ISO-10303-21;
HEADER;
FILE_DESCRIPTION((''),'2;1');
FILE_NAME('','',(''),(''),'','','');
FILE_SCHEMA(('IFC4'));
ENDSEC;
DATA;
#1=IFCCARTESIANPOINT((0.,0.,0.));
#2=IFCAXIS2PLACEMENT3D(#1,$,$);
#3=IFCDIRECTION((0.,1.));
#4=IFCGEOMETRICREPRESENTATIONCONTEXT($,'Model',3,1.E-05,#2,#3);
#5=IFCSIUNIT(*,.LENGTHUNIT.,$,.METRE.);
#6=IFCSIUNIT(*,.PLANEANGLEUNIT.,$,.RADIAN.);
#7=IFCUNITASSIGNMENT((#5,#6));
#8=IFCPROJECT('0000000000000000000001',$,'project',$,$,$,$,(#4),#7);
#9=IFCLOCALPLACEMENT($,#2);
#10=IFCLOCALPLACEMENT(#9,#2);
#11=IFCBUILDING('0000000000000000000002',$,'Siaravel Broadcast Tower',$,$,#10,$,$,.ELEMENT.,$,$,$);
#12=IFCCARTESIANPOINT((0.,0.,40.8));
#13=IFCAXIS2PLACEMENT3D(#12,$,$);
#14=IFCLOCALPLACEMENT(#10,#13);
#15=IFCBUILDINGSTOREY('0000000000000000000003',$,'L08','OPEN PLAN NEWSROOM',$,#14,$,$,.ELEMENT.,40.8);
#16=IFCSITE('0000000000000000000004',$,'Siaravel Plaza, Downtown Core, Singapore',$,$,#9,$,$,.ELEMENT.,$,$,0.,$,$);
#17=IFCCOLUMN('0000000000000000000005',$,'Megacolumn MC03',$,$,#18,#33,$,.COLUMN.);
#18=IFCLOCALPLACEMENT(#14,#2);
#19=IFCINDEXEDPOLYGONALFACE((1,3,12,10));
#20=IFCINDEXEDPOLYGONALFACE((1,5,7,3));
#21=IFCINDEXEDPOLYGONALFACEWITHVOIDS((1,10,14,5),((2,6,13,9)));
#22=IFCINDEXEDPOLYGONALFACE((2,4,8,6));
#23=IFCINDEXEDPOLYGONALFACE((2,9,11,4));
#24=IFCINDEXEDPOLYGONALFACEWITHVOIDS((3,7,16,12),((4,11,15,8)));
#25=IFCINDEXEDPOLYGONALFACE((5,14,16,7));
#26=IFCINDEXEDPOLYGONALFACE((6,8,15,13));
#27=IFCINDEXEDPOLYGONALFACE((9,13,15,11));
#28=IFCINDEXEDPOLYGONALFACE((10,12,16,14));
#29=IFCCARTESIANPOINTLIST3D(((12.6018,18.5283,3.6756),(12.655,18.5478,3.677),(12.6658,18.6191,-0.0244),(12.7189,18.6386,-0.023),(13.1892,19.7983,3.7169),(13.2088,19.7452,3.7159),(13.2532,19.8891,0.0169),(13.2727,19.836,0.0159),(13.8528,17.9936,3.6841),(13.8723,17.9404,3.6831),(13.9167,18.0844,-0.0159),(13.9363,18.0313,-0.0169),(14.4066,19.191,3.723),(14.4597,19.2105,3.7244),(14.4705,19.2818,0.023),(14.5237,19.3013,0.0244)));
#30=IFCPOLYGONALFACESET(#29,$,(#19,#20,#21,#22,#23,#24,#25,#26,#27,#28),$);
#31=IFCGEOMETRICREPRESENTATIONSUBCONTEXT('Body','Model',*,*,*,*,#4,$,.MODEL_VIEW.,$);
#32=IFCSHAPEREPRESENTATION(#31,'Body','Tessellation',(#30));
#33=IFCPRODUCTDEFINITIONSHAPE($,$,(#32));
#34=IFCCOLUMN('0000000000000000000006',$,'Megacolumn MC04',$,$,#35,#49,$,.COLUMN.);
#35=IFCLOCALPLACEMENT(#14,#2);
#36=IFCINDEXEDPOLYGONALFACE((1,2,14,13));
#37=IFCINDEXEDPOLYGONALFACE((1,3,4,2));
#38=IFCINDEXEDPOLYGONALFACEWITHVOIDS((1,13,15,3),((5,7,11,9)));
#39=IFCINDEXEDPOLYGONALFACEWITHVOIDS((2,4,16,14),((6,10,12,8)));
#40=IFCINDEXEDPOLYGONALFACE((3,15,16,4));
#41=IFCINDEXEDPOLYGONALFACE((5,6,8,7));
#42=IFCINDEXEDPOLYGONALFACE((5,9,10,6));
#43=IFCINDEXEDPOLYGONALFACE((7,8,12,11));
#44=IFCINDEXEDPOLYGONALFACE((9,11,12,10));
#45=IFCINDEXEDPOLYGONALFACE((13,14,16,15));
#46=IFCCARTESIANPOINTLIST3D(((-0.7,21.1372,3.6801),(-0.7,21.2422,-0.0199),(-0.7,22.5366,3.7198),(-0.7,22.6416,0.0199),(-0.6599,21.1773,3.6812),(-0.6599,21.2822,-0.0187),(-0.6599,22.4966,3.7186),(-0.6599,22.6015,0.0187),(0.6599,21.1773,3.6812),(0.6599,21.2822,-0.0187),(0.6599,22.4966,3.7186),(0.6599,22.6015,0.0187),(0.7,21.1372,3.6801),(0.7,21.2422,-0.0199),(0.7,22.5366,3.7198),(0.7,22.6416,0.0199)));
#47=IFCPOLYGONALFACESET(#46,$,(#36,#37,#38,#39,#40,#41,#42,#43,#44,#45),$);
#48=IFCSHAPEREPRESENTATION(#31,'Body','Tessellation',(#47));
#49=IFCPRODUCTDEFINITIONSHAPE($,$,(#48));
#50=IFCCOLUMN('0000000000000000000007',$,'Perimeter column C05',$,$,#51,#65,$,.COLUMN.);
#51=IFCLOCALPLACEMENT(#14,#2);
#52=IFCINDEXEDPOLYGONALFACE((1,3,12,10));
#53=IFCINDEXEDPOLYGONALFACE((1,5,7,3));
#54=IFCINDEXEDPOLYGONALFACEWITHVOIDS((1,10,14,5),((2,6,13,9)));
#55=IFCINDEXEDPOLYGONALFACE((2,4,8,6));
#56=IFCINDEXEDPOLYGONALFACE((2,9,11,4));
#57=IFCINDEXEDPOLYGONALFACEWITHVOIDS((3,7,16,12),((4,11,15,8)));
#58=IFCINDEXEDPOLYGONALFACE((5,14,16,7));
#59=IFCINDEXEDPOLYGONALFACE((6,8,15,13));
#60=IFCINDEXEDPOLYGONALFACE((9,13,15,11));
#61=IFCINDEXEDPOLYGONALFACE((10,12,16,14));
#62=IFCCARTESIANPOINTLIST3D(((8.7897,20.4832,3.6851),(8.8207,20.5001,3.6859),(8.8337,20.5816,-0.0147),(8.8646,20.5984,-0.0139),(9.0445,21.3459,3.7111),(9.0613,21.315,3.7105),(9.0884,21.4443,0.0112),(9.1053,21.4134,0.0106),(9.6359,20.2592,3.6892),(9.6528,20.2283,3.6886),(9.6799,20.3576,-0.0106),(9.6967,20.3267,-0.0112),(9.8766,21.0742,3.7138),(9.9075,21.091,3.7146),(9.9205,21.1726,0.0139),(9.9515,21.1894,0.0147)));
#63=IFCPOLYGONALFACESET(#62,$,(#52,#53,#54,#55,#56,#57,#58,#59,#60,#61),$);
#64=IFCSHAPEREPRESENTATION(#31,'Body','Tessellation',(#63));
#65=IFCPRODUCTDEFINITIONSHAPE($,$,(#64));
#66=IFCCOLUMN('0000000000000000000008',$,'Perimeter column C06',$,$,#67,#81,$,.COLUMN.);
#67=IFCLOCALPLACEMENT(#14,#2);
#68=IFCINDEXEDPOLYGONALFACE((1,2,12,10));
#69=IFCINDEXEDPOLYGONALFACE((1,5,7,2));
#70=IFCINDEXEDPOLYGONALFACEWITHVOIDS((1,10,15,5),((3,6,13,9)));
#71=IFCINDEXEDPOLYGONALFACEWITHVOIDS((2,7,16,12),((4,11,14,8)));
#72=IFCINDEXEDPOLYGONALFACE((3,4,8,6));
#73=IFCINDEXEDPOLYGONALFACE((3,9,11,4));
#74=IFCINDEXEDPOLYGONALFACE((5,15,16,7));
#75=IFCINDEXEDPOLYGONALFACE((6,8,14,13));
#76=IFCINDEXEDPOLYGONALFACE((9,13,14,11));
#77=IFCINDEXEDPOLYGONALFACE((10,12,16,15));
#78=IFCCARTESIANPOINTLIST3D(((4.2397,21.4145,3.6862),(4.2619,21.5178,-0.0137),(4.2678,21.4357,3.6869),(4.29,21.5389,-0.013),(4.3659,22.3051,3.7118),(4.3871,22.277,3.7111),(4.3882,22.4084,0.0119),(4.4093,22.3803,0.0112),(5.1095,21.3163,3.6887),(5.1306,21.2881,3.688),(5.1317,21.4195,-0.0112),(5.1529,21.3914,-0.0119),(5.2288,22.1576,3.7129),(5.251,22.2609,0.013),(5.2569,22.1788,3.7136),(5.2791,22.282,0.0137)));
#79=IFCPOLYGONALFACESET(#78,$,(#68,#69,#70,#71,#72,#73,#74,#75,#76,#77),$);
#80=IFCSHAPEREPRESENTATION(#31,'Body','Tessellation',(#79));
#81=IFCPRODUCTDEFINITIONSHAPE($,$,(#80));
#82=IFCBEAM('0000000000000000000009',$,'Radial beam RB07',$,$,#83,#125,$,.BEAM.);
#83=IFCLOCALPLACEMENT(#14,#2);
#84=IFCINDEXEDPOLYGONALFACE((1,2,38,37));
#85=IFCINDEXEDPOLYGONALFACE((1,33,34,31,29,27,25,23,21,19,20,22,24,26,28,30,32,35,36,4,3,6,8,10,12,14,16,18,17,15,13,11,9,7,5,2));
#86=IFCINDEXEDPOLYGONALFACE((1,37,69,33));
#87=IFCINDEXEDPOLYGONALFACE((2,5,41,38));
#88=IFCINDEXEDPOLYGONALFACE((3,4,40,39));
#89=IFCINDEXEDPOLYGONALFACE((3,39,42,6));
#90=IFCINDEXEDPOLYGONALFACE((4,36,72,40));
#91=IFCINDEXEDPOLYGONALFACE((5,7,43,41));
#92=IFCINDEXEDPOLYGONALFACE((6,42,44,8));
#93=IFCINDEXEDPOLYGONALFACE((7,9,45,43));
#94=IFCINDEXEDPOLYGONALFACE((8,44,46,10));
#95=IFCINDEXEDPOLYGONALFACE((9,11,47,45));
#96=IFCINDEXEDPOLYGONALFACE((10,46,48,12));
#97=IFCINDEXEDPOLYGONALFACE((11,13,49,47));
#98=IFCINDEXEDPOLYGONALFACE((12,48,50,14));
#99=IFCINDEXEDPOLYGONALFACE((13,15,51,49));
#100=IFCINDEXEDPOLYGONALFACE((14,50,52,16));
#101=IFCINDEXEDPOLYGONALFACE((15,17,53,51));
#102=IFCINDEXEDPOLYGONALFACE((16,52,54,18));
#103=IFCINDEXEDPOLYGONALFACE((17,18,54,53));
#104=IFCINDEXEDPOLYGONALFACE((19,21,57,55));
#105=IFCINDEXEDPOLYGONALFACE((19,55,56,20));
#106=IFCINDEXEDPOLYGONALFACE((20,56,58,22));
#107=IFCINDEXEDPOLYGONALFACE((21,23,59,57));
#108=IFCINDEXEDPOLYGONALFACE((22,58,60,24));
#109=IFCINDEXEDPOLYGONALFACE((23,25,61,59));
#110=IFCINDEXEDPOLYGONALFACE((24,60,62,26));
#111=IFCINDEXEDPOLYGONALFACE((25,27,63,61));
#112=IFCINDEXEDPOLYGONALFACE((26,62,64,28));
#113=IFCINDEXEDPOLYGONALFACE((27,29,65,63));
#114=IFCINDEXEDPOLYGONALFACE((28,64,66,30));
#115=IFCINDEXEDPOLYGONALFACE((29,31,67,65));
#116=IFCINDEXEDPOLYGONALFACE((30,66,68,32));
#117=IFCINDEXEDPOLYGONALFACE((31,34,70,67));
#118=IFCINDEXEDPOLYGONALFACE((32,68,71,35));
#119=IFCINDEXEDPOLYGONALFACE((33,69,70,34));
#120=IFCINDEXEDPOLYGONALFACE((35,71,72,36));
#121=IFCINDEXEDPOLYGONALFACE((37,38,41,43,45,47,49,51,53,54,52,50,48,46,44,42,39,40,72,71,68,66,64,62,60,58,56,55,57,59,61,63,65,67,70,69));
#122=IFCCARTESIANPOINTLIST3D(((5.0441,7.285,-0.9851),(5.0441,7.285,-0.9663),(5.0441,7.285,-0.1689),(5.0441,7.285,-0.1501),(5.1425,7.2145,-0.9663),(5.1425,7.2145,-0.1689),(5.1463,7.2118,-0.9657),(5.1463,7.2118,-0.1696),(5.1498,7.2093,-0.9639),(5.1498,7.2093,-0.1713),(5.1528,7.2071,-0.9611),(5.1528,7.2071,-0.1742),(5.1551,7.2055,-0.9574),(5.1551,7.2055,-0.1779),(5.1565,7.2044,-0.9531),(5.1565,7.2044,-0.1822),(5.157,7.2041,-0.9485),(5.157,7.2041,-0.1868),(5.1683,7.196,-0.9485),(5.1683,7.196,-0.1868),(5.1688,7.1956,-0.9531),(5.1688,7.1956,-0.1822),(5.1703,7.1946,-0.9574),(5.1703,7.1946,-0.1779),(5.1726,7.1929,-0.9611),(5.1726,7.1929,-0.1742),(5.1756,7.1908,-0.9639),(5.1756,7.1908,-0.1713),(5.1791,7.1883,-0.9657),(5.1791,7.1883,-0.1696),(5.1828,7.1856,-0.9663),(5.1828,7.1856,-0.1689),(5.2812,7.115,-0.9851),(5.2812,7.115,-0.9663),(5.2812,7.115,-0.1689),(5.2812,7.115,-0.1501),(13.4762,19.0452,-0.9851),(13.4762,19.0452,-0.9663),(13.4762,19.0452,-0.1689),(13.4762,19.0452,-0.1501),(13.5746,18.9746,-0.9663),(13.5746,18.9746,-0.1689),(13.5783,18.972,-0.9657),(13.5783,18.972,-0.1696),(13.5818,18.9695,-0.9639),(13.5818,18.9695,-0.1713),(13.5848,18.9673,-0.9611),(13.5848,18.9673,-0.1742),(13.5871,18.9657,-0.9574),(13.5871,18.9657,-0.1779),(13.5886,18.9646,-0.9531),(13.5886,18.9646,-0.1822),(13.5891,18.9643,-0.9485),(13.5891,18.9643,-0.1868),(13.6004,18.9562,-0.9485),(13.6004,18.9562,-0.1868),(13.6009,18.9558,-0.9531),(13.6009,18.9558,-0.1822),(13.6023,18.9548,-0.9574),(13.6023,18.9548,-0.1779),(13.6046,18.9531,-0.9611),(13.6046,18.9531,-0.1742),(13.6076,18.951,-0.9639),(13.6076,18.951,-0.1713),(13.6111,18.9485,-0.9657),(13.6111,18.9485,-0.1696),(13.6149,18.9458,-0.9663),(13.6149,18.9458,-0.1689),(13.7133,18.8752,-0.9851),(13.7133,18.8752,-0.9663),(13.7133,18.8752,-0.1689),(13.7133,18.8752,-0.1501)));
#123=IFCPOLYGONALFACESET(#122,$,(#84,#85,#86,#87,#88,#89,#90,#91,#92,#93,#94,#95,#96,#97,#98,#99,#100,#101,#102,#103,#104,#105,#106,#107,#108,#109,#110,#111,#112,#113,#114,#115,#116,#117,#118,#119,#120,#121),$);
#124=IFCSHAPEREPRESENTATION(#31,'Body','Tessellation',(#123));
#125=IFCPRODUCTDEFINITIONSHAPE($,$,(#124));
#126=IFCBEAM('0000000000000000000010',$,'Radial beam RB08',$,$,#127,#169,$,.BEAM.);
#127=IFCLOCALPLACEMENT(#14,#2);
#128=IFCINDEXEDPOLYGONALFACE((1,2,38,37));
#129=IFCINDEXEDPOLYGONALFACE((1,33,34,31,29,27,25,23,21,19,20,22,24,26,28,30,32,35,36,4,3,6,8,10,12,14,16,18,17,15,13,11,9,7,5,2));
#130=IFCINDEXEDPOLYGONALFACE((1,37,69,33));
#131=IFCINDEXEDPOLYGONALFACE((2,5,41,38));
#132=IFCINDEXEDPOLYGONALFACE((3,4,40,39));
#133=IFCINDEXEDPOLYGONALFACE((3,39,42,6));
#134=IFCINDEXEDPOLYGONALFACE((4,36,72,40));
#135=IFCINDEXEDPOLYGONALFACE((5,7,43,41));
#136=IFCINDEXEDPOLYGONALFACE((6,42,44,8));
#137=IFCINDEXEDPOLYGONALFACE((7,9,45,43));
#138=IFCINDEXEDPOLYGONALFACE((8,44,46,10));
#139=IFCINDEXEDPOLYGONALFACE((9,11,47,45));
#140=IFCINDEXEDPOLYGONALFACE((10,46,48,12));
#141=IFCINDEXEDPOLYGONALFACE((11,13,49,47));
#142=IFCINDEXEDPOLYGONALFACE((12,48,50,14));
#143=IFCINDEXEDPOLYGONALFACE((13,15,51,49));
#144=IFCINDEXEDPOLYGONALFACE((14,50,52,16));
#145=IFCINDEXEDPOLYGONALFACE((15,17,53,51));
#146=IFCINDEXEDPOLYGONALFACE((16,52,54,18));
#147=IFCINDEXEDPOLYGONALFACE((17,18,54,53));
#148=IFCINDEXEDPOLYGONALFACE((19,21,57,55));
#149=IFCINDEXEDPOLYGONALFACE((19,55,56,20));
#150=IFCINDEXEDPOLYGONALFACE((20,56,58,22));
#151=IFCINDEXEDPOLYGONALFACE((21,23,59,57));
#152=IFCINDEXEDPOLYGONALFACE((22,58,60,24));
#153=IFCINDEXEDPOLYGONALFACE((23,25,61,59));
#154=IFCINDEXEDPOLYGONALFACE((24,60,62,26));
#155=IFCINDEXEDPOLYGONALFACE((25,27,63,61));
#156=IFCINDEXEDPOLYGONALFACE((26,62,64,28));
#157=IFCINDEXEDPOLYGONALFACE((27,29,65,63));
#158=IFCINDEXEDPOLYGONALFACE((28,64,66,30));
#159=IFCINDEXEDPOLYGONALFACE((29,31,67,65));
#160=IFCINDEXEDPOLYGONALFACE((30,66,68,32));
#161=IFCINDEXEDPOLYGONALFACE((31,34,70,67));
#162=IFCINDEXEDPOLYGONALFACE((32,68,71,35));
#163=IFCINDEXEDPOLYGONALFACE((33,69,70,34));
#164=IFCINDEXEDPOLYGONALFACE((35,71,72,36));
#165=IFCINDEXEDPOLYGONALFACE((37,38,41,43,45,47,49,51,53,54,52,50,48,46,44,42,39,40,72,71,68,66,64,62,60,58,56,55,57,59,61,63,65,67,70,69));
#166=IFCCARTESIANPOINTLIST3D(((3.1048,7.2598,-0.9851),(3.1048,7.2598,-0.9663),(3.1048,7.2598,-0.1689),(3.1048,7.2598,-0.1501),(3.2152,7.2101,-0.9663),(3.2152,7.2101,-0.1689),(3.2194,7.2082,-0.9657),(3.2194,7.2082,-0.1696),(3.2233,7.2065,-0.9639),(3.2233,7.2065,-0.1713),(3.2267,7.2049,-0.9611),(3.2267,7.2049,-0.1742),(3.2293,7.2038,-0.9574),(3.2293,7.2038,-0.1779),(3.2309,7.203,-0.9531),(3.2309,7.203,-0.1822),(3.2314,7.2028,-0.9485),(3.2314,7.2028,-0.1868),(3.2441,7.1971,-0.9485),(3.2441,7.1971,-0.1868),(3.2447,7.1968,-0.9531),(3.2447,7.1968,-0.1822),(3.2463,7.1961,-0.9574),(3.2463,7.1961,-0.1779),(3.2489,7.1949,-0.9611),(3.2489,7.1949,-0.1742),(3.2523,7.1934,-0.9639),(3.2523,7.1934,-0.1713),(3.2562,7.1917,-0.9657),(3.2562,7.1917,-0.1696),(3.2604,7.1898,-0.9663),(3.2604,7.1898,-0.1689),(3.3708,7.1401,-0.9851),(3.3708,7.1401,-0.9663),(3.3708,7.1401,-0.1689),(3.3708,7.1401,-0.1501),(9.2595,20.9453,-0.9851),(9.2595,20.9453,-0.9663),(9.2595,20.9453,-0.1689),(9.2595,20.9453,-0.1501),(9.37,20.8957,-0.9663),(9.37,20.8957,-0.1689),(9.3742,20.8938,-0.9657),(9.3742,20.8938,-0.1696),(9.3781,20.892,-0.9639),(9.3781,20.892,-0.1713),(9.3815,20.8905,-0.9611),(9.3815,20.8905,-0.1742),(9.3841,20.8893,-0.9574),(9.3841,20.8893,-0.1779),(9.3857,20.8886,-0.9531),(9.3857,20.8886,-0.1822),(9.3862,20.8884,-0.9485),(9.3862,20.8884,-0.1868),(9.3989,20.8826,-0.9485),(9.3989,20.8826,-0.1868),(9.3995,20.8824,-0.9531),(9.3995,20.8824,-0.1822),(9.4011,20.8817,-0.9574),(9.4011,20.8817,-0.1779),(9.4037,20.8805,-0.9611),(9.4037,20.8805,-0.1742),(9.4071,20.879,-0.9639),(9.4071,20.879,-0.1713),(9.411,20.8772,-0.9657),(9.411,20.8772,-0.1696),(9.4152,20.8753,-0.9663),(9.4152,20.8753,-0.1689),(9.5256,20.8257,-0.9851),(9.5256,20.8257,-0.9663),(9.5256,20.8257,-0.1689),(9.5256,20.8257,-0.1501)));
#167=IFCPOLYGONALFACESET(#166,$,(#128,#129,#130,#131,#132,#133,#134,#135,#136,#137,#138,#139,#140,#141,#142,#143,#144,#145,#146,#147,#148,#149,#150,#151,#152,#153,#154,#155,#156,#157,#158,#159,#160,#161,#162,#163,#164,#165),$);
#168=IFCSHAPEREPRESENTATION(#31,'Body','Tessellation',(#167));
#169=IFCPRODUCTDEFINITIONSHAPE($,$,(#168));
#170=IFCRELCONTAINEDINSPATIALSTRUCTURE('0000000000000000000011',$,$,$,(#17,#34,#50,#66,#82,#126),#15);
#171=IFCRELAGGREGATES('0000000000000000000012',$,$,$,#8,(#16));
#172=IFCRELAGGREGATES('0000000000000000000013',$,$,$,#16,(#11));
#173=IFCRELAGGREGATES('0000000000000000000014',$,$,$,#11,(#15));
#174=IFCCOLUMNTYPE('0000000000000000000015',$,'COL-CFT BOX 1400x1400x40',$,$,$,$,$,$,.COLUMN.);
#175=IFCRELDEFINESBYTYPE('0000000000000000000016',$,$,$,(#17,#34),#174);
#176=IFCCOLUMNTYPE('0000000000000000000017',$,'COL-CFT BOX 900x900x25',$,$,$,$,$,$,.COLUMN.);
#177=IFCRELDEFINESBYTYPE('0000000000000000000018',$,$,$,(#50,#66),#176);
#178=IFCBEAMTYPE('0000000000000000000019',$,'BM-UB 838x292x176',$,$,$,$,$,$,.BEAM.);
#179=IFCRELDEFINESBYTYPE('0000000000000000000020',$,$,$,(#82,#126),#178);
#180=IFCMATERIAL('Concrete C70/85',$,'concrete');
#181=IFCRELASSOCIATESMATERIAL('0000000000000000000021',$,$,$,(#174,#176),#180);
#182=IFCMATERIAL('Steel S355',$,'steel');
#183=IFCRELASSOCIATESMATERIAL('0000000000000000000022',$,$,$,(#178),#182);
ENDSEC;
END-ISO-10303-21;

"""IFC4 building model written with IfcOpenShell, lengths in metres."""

from ifc_helpers import new_model, si_unit, direction, frame, origin, origin_2d, place, context, subcontext, project, spatial, hollow_rectangle, i_section, extrude, material, material_profile, profile_set, type_object, element, save


model = new_model("IFC4")

# Units and contexts
model_context = context("Model", 3, precision=1e-05, world=origin(), true_north=direction((0.0, 1.0)))
body_context = subcontext(model_context, "Body", "Model", "MODEL_VIEW")
ifc_project = project(units=[si_unit("LENGTHUNIT", "METRE"), si_unit("PLANEANGLEUNIT", "RADIAN")], contexts=[model_context])

# Site, building, storey
site_placement = place(None, origin())
site = spatial("IfcSite", under=ifc_project, at=site_placement, Name="Siaravel Plaza, Downtown Core, Singapore", CompositionType="ELEMENT", RefElevation=0.0)
building_placement = place(site_placement, origin())
building = spatial("IfcBuilding", under=site, at=building_placement, Name="Siaravel Broadcast Tower", CompositionType="ELEMENT")
storey_placement = place(building_placement, frame((0.0, 0.0, 40.8)))
storey = spatial("IfcBuildingStorey", under=building, at=storey_placement, Name="L08", Description="OPEN PLAN NEWSROOM", CompositionType="ELEMENT", Elevation=40.8)

# Columns
ifc_material_1 = material(Name="Concrete C70/85", Category="concrete")
ifc_material_profile_1 = material_profile(ifc_material_1, hollow_rectangle(XDim=1.3999, YDim=1.3999, WallThickness=0.04, at=origin_2d()))
ifc_profile_set_1 = profile_set([ifc_material_profile_1], Name="Concrete C70/85")
column_type_1 = type_object("IfcColumnType", Name="COL-CFT BOX 1400x1400x40", PredefinedType="COLUMN", material=ifc_profile_set_1)
column_1_placement = place(storey_placement, frame((13.5947, 18.9602, 0.0), z_axis=(-0.01728, -0.024535, 0.99955), x_axis=(0.90754, -0.419931, 0.005382)))
element("IfcColumn", 1, at=column_1_placement, inside=storey, type_object=column_type_1, Name="Megacolumn MC03", PredefinedType="COLUMN", context=body_context, shape_type="SweptSolid", body=[
    extrude(hollow_rectangle(XDim=1.3999, YDim=1.3999, WallThickness=0.04, at=origin_2d()), origin(), (0.0, 0.0, 1.0), 3.7017),
])
column_2_placement = place(storey_placement, frame((0.0, 21.9419, 0.0), z_axis=(0.0, -0.028362, 0.999598), x_axis=(1.0, 0.0, 0.0)))
element("IfcColumn", 2, at=column_2_placement, inside=storey, type_object=column_type_1, Name="Megacolumn MC04", PredefinedType="COLUMN", context=body_context, shape_type="SweptSolid", body=[
    extrude(hollow_rectangle(XDim=1.3999, YDim=1.3999, WallThickness=0.04, at=origin_2d()), origin(), (0.0, 0.0, 1.0), 3.7014),
])
ifc_material_profile_2 = material_profile(ifc_material_1, hollow_rectangle(XDim=0.8999, YDim=0.8999, WallThickness=0.0249, at=origin_2d()))
ifc_profile_set_2 = profile_set([ifc_material_profile_2], Name="Concrete C70/85")
column_type_2 = type_object("IfcColumnType", Name="COL-CFT BOX 900x900x25", PredefinedType="COLUMN", material=ifc_profile_set_2)
for number, where, z_axis, x_axis, name in (
    (3, (9.3926, 20.8855, 0.0), (-0.011872, -0.026581, 0.999576), (0.95902, -0.283312, 0.003857), "Perimeter column C05"),
    (4, (4.7705, 21.8999, 0.0), (-0.006002, -0.0279, 0.999593), (0.990089, -0.140428, 0.002026), "Perimeter column C06"),
):
    element("IfcColumn", number, at=place(storey_placement, frame(where, z_axis=z_axis, x_axis=x_axis)), inside=storey, type_object=column_type_2, Name=name, PredefinedType="COLUMN", context=body_context, shape_type="SweptSolid", body=[
        extrude(hollow_rectangle(XDim=0.8999, YDim=0.8999, WallThickness=0.0249, at=origin_2d()), origin(), (0.0, 0.0, 1.0), 3.7014),
    ])

# Beams
ifc_material_2 = material(Name="Steel S355", Category="steel")
ifc_material_profile_3 = material_profile(ifc_material_2, i_section(OverallWidth=0.2917, OverallDepth=0.835, WebThickness=0.0139, FlangeThickness=0.0188, FilletRadius=0.0178, at=origin_2d()))
ifc_profile_set_3 = profile_set([ifc_material_profile_3], Name="Steel S355")
beam_type = type_object("IfcBeamType", Name="BM-UB 838x292x176", PredefinedType="BEAM", material=ifc_profile_set_3)
beam_1_placement = place(storey_placement, frame((13.5947, 18.9602, -0.5676), z_axis=(-0.582699, -0.812688, 0.0), x_axis=(0.812688, -0.582699, 0.0)))
element("IfcBeam", 5, at=beam_1_placement, inside=storey, type_object=beam_type, Name="Radial beam RB07", PredefinedType="BEAM", context=body_context, shape_type="SweptSolid", body=[
    extrude(i_section(OverallWidth=0.2917, OverallDepth=0.835, WebThickness=0.0139, FlangeThickness=0.0188, FilletRadius=0.0178, at=origin_2d()), origin(), (0.0, 0.0, 1.0), 14.4707),
])
beam_2_placement = place(storey_placement, frame((9.3926, 20.8855, -0.5676), z_axis=(-0.410159, -0.912014, 0.0), x_axis=(0.912014, -0.410159, 0.0)))
element("IfcBeam", 6, at=beam_2_placement, inside=storey, type_object=beam_type, Name="Radial beam RB08", PredefinedType="BEAM", context=body_context, shape_type="SweptSolid", body=[
    extrude(i_section(OverallWidth=0.2917, OverallDepth=0.835, WebThickness=0.0139, FlangeThickness=0.0188, FilletRadius=0.0178, at=origin_2d()), origin(), (0.0, 0.0, 1.0), 15.0059),
])

save(model, "model.ifc")
